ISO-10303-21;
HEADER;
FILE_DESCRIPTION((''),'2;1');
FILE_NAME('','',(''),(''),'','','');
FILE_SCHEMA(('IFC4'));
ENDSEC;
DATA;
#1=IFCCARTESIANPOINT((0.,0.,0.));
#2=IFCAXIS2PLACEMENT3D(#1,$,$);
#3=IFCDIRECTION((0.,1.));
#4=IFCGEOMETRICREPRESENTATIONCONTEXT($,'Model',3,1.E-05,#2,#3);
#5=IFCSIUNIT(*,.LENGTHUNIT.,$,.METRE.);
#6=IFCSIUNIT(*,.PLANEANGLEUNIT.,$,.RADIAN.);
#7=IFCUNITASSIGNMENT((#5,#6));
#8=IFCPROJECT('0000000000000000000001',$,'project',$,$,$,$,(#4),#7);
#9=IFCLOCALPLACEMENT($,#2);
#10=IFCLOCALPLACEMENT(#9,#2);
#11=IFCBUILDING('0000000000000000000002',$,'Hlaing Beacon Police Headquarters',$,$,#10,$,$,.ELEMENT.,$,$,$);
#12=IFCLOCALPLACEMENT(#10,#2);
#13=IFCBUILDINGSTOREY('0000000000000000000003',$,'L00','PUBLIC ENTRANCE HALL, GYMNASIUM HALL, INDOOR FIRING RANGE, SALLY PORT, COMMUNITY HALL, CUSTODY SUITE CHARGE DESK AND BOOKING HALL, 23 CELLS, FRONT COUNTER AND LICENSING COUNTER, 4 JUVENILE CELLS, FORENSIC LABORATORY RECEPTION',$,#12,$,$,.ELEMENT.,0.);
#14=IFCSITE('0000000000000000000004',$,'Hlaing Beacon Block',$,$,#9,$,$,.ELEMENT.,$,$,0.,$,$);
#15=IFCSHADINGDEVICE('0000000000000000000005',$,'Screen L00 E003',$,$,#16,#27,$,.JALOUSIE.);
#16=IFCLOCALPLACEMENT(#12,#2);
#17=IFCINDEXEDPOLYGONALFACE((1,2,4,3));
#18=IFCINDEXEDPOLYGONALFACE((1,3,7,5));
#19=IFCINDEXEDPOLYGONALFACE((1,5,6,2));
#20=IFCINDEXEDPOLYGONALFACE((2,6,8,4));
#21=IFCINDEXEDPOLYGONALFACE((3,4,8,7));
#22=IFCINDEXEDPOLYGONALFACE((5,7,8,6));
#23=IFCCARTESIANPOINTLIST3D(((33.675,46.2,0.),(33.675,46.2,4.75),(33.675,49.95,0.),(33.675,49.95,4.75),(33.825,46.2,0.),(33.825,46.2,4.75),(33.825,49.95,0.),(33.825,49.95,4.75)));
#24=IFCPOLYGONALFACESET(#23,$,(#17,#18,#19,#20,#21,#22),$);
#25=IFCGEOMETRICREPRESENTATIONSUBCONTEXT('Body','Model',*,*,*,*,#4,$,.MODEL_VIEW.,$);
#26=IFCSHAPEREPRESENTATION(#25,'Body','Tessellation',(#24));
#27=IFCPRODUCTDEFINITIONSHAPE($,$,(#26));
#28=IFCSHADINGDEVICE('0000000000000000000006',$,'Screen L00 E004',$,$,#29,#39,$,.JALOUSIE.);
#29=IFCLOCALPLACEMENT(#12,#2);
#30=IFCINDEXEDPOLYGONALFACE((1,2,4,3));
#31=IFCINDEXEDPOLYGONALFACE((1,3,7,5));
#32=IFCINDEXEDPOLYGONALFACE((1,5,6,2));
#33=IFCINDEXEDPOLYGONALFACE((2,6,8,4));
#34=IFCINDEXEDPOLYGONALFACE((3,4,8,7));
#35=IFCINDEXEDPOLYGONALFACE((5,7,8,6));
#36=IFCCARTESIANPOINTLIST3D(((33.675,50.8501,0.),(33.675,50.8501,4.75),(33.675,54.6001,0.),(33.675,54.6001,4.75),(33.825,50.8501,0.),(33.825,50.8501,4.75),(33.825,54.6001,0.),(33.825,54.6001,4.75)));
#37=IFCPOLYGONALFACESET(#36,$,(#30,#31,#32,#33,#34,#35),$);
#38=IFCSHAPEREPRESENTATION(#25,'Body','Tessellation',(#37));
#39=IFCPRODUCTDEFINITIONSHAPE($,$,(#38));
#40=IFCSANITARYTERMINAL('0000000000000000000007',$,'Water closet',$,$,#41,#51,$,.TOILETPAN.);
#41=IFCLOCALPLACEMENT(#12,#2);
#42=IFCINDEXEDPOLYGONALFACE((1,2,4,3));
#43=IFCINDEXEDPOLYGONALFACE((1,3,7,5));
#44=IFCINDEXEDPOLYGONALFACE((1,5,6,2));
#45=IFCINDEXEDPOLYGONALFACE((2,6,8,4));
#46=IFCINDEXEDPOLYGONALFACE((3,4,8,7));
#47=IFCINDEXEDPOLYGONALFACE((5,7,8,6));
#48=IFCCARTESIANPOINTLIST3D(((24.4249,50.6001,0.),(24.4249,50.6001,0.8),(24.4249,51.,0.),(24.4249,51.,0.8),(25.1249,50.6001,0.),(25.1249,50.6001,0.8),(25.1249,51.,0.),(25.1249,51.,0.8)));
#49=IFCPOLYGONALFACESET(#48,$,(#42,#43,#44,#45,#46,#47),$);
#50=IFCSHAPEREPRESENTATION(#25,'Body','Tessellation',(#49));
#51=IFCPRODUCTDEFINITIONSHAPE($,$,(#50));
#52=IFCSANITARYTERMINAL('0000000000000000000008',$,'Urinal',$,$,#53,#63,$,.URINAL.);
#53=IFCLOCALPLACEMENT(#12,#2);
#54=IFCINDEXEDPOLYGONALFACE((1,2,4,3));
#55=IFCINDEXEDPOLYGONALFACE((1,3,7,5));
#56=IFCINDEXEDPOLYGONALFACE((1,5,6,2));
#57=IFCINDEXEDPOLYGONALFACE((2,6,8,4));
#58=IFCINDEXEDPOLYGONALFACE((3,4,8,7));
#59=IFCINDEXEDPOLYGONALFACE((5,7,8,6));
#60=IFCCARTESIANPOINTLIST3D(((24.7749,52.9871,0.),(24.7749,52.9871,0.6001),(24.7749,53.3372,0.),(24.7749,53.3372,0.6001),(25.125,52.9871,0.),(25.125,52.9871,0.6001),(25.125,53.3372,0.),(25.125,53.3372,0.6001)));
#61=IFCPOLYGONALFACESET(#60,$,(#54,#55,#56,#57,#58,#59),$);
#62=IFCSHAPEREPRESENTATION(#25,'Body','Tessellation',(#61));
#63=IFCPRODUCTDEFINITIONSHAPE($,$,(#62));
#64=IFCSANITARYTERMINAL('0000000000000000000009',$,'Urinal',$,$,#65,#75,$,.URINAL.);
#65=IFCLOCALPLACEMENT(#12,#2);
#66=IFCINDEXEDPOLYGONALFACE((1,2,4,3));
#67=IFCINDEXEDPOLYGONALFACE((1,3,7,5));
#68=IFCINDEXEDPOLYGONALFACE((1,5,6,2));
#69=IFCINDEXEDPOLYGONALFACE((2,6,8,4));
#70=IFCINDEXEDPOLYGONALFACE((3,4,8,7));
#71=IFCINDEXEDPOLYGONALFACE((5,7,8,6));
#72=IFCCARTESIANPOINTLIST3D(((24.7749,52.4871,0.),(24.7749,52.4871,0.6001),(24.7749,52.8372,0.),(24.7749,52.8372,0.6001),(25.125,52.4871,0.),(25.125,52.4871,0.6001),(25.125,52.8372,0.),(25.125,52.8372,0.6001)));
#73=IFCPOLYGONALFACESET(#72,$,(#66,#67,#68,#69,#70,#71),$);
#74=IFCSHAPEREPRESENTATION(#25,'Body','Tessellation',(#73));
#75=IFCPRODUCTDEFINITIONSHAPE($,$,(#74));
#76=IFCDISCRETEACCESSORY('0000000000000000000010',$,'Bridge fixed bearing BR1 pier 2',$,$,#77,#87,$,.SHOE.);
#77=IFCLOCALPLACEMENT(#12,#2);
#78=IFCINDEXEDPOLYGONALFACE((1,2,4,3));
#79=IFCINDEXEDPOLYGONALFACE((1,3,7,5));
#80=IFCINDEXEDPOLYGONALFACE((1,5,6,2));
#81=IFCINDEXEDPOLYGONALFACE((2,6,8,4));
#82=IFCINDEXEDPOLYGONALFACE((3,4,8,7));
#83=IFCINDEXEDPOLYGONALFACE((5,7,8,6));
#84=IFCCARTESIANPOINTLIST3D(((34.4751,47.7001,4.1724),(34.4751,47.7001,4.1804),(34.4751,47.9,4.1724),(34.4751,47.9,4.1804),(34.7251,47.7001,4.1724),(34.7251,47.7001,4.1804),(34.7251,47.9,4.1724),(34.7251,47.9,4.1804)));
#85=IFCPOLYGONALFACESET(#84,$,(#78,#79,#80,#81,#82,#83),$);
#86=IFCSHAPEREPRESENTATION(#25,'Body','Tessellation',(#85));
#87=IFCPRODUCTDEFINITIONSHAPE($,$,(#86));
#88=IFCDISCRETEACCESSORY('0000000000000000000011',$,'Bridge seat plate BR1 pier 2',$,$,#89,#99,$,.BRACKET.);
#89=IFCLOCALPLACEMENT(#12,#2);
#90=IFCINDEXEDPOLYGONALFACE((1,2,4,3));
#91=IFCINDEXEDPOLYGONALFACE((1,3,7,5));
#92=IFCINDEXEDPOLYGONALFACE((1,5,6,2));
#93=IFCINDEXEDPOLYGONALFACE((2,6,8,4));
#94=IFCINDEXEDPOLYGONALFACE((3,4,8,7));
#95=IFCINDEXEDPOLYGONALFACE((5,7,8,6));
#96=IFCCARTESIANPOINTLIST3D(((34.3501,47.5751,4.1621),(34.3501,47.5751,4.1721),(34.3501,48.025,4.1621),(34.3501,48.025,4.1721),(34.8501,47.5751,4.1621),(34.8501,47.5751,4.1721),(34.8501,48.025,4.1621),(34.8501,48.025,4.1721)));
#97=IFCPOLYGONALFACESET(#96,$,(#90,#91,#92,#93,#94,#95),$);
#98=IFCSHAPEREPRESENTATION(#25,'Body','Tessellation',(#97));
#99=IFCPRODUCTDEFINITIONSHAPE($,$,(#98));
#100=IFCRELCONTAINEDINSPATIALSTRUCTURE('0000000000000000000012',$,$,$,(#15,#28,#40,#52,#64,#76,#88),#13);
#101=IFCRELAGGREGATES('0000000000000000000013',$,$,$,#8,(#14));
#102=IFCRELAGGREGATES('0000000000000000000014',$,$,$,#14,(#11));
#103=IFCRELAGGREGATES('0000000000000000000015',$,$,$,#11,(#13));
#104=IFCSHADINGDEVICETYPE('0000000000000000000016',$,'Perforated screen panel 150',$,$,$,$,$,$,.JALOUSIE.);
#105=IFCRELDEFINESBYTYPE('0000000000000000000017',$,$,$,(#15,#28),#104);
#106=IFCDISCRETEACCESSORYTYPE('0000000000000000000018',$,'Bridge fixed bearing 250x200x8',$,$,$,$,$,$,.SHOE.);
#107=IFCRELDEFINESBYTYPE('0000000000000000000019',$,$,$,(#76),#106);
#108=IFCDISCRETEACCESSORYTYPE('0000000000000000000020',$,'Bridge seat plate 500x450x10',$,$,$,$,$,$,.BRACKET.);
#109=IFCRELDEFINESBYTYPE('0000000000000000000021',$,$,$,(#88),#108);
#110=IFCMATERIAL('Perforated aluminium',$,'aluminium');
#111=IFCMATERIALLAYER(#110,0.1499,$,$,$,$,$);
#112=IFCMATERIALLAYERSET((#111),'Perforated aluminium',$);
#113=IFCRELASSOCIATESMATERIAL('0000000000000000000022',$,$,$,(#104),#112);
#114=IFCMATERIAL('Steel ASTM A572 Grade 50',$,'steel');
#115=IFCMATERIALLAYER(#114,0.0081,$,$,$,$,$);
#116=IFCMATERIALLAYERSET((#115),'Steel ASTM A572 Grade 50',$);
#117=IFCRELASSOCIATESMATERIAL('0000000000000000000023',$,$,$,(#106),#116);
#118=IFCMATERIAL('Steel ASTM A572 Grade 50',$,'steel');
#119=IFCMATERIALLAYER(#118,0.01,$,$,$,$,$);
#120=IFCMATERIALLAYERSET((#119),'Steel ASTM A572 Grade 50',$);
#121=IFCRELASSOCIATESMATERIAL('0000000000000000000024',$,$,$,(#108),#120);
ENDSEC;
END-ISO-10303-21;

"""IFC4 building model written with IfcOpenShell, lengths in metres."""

from ifc_helpers import new_model, si_unit, direction, frame, origin, origin_2d, place, context, subcontext, project, spatial, rectangle, extrude, material, layer, layer_set, type_object, element, save


model = new_model("IFC4")

# Units and contexts
model_context = context("Model", 3, precision=1e-05, world=origin(), true_north=direction((0.0, 1.0)))
body_context = subcontext(model_context, "Body", "Model", "MODEL_VIEW")
ifc_project = project(units=[si_unit("LENGTHUNIT", "METRE"), si_unit("PLANEANGLEUNIT", "RADIAN")], contexts=[model_context])

# Site, building, storey
site_placement = place(None, origin())
site = spatial("IfcSite", under=ifc_project, at=site_placement, Name="Hlaing Beacon Block", CompositionType="ELEMENT", RefElevation=0.0)
building_placement = place(site_placement, origin())
building = spatial("IfcBuilding", under=site, at=building_placement, Name="Hlaing Beacon Police Headquarters", CompositionType="ELEMENT")
storey_placement = place(building_placement, origin())
storey = spatial("IfcBuildingStorey", under=building, at=storey_placement, Name="L00", Description="PUBLIC ENTRANCE HALL, GYMNASIUM HALL, INDOOR FIRING RANGE, SALLY PORT, COMMUNITY HALL, CUSTODY SUITE CHARGE DESK AND BOOKING HALL, 23 CELLS, FRONT COUNTER AND LICENSING COUNTER, 4 JUVENILE CELLS, FORENSIC LABORATORY RECEPTION", CompositionType="ELEMENT", Elevation=0.0)

# Shading devices
ifc_material_1 = material(Name="Perforated aluminium", Category="aluminium")
ifc_layer_1 = layer(ifc_material_1, 0.1499)
ifc_layer_set_1 = layer_set([ifc_layer_1], Name="Perforated aluminium")
shading_device_type = type_object("IfcShadingDeviceType", Name="Perforated screen panel 150", PredefinedType="JALOUSIE", material=ifc_layer_set_1)
for number, where, z_axis, x_axis, name in (
    (1, (33.75, 48.075, 0.0), (0.0, 0.0, 1.0), (0.0, 1.0, 0.0), "Screen L00 E003"),
    (2, (33.75, 52.7251, 0.0), (0.0, 0.0, 1.0), (0.0, 1.0, 0.0), "Screen L00 E004"),
):
    element("IfcShadingDevice", number, at=place(storey_placement, frame(where, z_axis=z_axis, x_axis=x_axis)), inside=storey, type_object=shading_device_type, Name=name, PredefinedType="JALOUSIE", context=body_context, shape_type="SweptSolid", body=[
        extrude(rectangle(XDim=3.75, YDim=0.1499, at=origin_2d()), origin(), (0.0, 0.0, 1.0), 4.75),
    ])

# Sanitary terminals
sanitary_terminal_placement = place(storey_placement, frame((24.7749, 50.8, 0.0), z_axis=(0.0, 0.0, 1.0), x_axis=(1.0, 0.0, 0.0)))
element("IfcSanitaryTerminal", 3, at=sanitary_terminal_placement, inside=storey, Name="Water closet", PredefinedType="TOILETPAN", context=body_context, shape_type="SweptSolid", body=[
    extrude(rectangle(XDim=0.7, YDim=0.3999, at=origin_2d()), origin(), (0.0, 0.0, 1.0), 0.8),
])
for number, where, z_axis, x_axis, name in (
    (4, (24.95, 53.1621, 0.0), (0.0, 0.0, 1.0), (1.0, 0.0, 0.0), "Urinal"),
    (5, (24.95, 52.6621, 0.0), (0.0, 0.0, 1.0), (1.0, 0.0, 0.0), "Urinal"),
):
    element("IfcSanitaryTerminal", number, at=place(storey_placement, frame(where, z_axis=z_axis, x_axis=x_axis)), inside=storey, Name=name, PredefinedType="URINAL", context=body_context, shape_type="SweptSolid", body=[
        extrude(rectangle(XDim=0.3501, YDim=0.3501, at=origin_2d()), origin(), (0.0, 0.0, 1.0), 0.6001),
    ])

# Discrete accessories
ifc_material_2 = material(Name="Steel ASTM A572 Grade 50", Category="steel")
ifc_layer_2 = layer(ifc_material_2, 0.0081)
ifc_layer_set_2 = layer_set([ifc_layer_2], Name="Steel ASTM A572 Grade 50")
discrete_accessory_type_1 = type_object("IfcDiscreteAccessoryType", Name="Bridge fixed bearing 250x200x8", PredefinedType="SHOE", material=ifc_layer_set_2)
discrete_accessory_1_placement = place(storey_placement, frame((34.6001, 47.8, 4.1724), z_axis=(0.0, 0.0, 1.0), x_axis=(1.0, 0.0, 0.0)))
element("IfcDiscreteAccessory", 6, at=discrete_accessory_1_placement, inside=storey, type_object=discrete_accessory_type_1, Name="Bridge fixed bearing BR1 pier 2", PredefinedType="SHOE", context=body_context, shape_type="SweptSolid", body=[
    extrude(rectangle(XDim=0.25, YDim=0.2, at=origin_2d()), origin(), (0.0, 0.0, 1.0), 0.0081),
])
ifc_material_3 = material(Name="Steel ASTM A572 Grade 50", Category="steel")
ifc_layer_3 = layer(ifc_material_3, 0.01)
ifc_layer_set_3 = layer_set([ifc_layer_3], Name="Steel ASTM A572 Grade 50")
discrete_accessory_type_2 = type_object("IfcDiscreteAccessoryType", Name="Bridge seat plate 500x450x10", PredefinedType="BRACKET", material=ifc_layer_set_3)
discrete_accessory_2_placement = place(storey_placement, frame((34.6001, 47.8, 4.1621), z_axis=(0.0, 0.0, 1.0), x_axis=(1.0, 0.0, 0.0)))
element("IfcDiscreteAccessory", 7, at=discrete_accessory_2_placement, inside=storey, type_object=discrete_accessory_type_2, Name="Bridge seat plate BR1 pier 2", PredefinedType="BRACKET", context=body_context, shape_type="SweptSolid", body=[
    extrude(rectangle(XDim=0.5, YDim=0.45, at=origin_2d()), origin(), (0.0, 0.0, 1.0), 0.01),
])

save(model, "model.ifc")
